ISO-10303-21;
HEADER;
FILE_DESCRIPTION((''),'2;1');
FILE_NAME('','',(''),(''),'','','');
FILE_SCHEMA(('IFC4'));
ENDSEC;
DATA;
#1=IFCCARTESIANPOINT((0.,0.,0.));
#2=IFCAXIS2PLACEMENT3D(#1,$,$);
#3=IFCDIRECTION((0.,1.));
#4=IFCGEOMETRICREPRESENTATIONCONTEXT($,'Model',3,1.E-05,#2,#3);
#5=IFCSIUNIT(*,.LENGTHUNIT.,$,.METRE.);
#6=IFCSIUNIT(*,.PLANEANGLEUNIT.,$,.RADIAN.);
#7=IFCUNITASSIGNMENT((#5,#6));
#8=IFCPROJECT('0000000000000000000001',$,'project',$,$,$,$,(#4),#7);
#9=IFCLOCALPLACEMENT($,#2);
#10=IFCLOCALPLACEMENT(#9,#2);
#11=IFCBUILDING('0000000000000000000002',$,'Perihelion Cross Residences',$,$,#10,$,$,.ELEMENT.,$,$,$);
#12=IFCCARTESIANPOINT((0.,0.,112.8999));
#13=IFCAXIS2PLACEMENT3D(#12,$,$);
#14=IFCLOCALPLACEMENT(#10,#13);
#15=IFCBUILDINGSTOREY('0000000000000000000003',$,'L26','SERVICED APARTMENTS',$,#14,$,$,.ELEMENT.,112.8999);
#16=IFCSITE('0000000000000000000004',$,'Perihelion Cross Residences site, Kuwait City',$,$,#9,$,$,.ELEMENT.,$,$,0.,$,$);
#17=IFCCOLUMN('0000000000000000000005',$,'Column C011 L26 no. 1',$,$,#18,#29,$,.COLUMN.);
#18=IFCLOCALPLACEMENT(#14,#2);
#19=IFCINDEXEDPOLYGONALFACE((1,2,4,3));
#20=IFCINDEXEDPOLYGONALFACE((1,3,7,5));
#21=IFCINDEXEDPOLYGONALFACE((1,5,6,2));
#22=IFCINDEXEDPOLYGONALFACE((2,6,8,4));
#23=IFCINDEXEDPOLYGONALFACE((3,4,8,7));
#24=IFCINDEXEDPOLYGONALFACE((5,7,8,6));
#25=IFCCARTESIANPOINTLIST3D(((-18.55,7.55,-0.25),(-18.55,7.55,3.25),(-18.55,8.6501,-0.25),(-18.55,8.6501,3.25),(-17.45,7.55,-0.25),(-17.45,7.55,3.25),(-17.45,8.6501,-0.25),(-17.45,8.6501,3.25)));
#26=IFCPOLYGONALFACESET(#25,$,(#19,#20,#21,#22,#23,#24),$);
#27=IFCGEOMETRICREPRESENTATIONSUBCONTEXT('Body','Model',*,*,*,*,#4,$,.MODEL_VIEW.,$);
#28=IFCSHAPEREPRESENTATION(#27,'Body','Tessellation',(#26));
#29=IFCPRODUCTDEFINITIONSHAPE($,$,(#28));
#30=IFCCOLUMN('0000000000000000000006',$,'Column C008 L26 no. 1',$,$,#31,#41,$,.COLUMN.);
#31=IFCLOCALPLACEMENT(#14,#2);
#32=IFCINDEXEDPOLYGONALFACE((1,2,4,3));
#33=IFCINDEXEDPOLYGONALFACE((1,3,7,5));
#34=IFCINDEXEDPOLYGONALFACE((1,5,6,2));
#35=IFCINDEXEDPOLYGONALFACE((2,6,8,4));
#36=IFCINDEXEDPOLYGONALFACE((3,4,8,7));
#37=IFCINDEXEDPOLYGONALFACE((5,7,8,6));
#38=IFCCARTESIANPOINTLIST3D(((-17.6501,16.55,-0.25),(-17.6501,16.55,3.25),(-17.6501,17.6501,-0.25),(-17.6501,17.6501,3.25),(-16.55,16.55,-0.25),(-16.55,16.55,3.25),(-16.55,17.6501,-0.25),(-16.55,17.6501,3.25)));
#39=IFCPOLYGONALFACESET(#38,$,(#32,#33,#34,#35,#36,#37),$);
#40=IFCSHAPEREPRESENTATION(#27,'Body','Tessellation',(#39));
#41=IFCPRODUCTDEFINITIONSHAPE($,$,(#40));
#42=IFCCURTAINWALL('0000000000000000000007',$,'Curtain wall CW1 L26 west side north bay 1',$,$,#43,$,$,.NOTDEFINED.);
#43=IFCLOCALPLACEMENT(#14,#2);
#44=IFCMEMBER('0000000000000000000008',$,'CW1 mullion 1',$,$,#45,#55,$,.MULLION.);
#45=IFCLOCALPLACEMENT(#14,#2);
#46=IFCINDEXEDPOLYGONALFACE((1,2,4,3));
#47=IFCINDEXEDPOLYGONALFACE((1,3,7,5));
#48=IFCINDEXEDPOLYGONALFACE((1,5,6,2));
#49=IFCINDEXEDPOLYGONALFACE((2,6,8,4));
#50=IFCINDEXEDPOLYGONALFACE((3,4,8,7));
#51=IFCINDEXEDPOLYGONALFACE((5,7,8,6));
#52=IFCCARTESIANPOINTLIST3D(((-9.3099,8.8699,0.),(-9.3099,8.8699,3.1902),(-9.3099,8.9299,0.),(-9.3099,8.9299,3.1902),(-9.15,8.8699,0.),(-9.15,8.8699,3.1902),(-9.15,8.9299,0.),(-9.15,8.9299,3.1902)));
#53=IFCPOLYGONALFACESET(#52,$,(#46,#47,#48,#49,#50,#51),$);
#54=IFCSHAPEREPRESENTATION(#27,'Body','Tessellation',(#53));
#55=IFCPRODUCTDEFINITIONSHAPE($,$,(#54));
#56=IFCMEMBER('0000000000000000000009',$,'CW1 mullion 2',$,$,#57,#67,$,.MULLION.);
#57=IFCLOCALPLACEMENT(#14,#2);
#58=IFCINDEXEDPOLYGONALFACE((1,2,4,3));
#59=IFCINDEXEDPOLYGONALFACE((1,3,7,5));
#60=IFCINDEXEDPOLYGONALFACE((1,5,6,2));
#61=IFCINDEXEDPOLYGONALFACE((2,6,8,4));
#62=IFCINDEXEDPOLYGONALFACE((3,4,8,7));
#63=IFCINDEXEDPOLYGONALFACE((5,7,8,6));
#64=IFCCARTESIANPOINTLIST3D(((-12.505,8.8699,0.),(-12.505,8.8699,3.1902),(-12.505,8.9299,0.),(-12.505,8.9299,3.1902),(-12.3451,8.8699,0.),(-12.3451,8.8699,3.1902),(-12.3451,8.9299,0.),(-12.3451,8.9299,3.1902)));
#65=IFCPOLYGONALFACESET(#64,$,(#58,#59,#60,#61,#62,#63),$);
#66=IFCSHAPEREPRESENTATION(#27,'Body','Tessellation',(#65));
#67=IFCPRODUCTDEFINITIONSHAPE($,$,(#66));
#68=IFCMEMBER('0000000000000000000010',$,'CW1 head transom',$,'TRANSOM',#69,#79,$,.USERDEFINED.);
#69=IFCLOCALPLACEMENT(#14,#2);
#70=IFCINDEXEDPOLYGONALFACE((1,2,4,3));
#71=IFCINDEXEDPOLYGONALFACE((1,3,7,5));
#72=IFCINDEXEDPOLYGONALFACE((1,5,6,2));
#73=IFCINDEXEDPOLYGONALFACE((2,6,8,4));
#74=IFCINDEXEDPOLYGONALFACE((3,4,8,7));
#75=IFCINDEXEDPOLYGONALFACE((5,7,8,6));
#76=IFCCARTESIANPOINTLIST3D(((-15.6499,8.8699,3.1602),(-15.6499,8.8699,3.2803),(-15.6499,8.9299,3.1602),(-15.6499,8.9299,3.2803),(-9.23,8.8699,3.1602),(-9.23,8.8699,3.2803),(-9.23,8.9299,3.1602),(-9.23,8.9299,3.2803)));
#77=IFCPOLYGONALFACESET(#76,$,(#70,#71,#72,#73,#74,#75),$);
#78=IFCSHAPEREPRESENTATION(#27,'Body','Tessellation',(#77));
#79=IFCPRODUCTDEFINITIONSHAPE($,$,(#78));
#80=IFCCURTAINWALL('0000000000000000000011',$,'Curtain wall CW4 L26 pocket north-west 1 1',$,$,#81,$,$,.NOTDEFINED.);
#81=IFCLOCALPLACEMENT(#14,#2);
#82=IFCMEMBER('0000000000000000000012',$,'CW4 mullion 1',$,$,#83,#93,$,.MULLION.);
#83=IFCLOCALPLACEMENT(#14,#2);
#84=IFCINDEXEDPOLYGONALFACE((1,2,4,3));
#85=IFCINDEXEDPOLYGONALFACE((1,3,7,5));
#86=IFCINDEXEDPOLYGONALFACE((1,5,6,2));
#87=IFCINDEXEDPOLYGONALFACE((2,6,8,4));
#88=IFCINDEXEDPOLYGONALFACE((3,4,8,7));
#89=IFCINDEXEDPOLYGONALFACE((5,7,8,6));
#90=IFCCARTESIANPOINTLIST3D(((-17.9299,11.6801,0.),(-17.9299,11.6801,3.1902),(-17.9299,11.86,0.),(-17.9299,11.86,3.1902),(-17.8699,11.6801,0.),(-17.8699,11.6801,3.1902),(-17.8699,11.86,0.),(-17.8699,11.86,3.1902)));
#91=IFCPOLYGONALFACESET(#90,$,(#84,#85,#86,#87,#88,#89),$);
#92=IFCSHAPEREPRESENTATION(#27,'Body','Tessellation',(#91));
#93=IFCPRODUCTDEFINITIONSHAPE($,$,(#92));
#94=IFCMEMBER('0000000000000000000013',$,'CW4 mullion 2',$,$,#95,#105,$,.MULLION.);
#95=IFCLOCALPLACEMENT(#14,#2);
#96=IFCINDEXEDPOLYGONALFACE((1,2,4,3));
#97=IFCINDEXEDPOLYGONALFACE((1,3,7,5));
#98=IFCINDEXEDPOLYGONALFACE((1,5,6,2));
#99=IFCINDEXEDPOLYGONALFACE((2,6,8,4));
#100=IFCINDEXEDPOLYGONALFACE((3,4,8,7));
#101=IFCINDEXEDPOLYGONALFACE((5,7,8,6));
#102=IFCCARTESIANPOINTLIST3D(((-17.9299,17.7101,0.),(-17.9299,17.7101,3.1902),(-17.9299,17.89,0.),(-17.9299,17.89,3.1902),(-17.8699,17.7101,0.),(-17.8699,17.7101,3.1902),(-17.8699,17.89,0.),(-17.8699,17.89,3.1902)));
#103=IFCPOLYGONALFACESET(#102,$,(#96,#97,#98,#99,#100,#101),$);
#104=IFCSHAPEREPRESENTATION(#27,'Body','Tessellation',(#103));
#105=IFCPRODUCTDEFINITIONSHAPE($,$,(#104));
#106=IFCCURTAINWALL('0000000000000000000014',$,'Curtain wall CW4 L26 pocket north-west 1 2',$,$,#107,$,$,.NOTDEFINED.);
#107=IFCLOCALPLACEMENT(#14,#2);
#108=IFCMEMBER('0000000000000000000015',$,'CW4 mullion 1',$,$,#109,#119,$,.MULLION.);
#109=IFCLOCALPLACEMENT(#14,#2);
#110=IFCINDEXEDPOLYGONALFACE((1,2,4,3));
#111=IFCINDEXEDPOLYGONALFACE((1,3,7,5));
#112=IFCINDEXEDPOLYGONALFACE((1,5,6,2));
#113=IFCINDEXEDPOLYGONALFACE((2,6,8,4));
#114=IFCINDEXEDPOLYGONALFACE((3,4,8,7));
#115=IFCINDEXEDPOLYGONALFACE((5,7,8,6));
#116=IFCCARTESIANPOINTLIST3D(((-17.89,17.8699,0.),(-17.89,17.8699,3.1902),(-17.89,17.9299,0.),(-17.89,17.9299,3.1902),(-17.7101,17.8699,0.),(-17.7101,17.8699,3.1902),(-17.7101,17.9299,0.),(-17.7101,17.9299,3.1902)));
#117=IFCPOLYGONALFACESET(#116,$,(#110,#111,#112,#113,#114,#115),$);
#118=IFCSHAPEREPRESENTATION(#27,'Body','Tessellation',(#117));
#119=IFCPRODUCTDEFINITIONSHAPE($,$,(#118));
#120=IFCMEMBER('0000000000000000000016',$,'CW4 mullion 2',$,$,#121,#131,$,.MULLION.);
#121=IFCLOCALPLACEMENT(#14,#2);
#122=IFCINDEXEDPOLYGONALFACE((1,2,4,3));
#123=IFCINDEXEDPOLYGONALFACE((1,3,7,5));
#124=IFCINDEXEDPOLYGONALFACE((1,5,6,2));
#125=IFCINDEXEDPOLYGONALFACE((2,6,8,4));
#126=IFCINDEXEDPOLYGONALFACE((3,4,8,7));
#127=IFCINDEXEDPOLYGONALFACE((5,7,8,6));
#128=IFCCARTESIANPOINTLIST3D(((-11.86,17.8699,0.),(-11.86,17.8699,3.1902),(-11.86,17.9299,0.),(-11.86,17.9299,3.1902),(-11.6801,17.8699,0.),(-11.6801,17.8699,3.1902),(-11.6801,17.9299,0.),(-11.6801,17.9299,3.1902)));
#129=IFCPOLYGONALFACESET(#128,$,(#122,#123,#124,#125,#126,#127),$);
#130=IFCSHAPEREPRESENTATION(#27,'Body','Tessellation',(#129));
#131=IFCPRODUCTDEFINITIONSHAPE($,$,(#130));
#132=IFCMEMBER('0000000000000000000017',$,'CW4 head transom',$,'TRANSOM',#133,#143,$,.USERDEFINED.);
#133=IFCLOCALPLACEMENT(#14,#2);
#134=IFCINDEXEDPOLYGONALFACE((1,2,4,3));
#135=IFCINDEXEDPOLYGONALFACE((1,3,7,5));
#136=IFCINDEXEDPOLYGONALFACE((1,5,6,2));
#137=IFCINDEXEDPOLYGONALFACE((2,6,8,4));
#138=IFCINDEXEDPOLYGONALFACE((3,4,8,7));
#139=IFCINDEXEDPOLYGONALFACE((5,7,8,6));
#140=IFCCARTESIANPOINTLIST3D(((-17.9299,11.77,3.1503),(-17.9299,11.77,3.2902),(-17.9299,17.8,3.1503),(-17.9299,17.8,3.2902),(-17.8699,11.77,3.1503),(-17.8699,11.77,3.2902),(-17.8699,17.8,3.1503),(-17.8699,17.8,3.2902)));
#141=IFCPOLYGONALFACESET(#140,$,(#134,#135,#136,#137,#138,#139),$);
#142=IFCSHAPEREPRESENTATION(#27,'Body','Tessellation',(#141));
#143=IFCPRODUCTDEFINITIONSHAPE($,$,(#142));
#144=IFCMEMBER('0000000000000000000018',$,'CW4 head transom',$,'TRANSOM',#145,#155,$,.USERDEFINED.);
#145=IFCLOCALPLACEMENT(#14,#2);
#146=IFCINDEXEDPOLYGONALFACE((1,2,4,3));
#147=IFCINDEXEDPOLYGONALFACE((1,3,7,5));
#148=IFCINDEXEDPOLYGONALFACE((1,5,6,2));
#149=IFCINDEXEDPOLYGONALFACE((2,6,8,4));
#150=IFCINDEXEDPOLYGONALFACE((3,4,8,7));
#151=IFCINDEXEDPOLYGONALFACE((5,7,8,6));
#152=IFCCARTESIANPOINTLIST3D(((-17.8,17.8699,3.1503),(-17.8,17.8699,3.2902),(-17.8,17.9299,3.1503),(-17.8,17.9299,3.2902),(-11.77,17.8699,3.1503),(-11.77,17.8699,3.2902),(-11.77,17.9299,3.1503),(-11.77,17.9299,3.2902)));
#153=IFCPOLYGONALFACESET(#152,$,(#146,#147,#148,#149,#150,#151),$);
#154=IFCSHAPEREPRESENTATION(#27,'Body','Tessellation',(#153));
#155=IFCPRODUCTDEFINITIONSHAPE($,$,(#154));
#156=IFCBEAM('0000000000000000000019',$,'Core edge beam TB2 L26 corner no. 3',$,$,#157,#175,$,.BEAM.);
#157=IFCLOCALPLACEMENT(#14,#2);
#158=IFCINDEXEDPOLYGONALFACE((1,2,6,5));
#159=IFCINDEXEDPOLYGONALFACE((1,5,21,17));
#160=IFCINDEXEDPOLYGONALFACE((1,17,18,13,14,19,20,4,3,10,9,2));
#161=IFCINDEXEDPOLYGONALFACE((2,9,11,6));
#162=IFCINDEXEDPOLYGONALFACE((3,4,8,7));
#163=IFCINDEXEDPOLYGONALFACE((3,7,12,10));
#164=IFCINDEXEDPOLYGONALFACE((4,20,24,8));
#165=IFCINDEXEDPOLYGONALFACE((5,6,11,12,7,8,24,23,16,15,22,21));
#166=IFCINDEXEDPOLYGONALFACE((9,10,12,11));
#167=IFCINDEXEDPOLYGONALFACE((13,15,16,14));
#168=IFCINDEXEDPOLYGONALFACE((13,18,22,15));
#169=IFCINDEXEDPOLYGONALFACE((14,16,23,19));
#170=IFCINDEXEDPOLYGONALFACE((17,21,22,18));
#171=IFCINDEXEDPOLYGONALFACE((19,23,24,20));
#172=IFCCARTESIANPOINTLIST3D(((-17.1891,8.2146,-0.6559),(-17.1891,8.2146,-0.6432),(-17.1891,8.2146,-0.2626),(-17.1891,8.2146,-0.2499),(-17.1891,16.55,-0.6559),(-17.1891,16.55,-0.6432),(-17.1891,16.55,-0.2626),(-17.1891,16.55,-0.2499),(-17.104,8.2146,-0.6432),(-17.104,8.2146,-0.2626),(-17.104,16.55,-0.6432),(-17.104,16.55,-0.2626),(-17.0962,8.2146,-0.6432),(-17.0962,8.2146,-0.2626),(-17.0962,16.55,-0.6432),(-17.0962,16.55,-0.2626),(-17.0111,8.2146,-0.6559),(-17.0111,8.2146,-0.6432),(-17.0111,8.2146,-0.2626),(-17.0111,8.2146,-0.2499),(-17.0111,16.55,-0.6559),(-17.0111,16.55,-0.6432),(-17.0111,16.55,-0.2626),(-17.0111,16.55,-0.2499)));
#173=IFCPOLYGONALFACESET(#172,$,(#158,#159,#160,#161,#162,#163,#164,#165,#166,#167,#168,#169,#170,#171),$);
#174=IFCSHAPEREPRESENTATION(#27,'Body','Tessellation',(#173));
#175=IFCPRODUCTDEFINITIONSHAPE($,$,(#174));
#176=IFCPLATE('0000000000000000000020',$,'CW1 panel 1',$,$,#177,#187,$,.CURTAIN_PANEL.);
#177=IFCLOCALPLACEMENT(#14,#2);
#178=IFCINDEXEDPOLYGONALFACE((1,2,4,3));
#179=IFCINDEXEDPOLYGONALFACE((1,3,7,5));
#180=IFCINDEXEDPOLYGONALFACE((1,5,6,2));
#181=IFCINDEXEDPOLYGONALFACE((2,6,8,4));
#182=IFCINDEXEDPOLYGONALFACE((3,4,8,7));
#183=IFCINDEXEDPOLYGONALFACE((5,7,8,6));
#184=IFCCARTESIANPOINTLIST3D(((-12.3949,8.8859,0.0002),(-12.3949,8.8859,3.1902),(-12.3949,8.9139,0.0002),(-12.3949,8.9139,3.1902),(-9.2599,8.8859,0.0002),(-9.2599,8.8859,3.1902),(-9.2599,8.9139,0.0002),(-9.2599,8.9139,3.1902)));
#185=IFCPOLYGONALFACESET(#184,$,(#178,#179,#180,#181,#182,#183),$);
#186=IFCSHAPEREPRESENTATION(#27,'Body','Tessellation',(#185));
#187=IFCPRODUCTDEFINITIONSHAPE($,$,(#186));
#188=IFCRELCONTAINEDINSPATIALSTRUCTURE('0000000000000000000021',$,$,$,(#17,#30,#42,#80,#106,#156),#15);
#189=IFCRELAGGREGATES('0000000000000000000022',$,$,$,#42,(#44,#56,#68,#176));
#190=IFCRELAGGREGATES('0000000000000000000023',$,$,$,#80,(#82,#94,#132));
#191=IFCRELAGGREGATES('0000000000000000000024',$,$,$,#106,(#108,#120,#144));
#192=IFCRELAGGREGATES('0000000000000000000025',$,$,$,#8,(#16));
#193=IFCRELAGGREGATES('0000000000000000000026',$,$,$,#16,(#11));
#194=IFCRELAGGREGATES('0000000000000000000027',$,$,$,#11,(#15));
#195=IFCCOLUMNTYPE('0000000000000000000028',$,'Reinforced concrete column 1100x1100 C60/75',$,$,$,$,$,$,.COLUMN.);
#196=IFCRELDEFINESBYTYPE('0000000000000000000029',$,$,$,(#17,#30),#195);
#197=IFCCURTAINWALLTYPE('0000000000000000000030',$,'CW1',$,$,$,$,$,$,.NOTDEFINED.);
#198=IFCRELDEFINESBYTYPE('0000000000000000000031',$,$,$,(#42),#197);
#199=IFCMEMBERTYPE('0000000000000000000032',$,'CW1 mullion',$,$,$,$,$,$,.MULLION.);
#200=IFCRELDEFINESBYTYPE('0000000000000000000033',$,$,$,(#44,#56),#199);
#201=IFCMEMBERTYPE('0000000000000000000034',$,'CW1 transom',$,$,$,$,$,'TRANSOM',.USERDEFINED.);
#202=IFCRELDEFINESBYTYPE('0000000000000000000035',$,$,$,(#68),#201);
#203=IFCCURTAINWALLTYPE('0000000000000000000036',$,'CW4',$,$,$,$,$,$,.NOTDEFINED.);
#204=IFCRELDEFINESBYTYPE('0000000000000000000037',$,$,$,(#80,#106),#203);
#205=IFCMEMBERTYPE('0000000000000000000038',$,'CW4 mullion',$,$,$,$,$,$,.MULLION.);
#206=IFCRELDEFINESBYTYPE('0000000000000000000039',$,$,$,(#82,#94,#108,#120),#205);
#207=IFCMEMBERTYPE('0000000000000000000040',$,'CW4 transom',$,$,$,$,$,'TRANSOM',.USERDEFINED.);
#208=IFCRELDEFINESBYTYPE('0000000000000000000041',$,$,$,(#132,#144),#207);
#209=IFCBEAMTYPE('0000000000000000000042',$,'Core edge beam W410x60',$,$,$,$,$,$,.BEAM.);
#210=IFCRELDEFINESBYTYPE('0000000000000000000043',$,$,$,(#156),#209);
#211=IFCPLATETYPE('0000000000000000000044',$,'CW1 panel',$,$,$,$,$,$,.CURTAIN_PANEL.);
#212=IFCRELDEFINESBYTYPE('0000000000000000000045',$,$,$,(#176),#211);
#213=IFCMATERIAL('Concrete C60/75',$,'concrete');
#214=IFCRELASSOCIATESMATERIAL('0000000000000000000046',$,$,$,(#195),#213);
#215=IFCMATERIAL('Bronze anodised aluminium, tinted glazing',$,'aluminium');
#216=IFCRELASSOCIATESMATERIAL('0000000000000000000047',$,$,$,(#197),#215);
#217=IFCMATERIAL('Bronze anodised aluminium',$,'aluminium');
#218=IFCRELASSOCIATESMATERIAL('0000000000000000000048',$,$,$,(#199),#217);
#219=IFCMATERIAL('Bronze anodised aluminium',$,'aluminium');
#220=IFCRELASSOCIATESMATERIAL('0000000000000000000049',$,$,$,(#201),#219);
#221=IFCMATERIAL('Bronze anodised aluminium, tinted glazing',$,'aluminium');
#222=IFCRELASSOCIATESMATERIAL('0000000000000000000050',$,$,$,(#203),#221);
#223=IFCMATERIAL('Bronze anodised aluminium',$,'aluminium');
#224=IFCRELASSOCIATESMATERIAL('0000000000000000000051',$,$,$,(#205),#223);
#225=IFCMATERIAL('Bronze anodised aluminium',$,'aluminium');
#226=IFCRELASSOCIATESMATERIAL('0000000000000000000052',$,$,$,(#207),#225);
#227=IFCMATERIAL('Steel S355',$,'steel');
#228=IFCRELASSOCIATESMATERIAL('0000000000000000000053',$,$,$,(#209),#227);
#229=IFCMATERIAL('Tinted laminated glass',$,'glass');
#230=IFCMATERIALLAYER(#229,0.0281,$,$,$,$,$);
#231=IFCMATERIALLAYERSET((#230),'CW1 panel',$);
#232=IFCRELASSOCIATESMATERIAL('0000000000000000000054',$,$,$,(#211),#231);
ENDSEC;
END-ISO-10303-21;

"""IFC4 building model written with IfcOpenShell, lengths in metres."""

from ifc_helpers import new_model, si_unit, direction, frame, origin, origin_2d, place, context, subcontext, project, spatial, rectangle, i_section, extrude, material, layer, layer_set, material_profile, profile_set, type_object, element, aggregate, save


model = new_model("IFC4")

# Units and contexts
model_context = context("Model", 3, precision=1e-05, world=origin(), true_north=direction((0.0, 1.0)))
body_context = subcontext(model_context, "Body", "Model", "MODEL_VIEW")
ifc_project = project(units=[si_unit("LENGTHUNIT", "METRE"), si_unit("PLANEANGLEUNIT", "RADIAN")], contexts=[model_context])

# Site, building, storey
site_placement = place(None, origin())
site = spatial("IfcSite", under=ifc_project, at=site_placement, Name="Perihelion Cross Residences site, Kuwait City", CompositionType="ELEMENT", RefElevation=0.0)
building_placement = place(site_placement, origin())
building = spatial("IfcBuilding", under=site, at=building_placement, Name="Perihelion Cross Residences", CompositionType="ELEMENT")
storey_placement = place(building_placement, frame((0.0, 0.0, 112.8999)))
storey = spatial("IfcBuildingStorey", under=building, at=storey_placement, Name="L26", Description="SERVICED APARTMENTS", CompositionType="ELEMENT", Elevation=112.8999)

# Columns
ifc_material_1 = material(Name="Concrete C60/75", Category="concrete")
ifc_material_profile_1 = material_profile(ifc_material_1, rectangle(XDim=1.1001, YDim=1.1001, at=origin_2d()), Name="RC 1100x1100")
ifc_profile_set_1 = profile_set([ifc_material_profile_1], Name="Concrete C60/75")
column_type = type_object("IfcColumnType", Name="Reinforced concrete column 1100x1100 C60/75", PredefinedType="COLUMN", material=ifc_profile_set_1)
for number, where, z_axis, x_axis, name in (
    (1, (-18.0, 8.1001, -0.25), (0.0, 0.0, 1.0), (1.0, 0.0, 0.0), "Column C011 L26 no. 1"),
    (2, (-17.1001, 17.1001, -0.25), (0.0, 0.0, 1.0), (1.0, 0.0, 0.0), "Column C008 L26 no. 1"),
):
    element("IfcColumn", number, at=place(storey_placement, frame(where, z_axis=z_axis, x_axis=x_axis)), inside=storey, type_object=column_type, Name=name, PredefinedType="COLUMN", context=body_context, shape_type="SweptSolid", body=[
        extrude(rectangle(XDim=1.1001, YDim=1.1001, at=origin_2d()), origin(), (0.0, 0.0, 1.0), 3.5),
    ])

# Curtain walls, members
ifc_material_2 = material(Name="Bronze anodised aluminium, tinted glazing", Category="aluminium")
curtain_wall_type_1 = type_object("IfcCurtainWallType", Name="CW1", PredefinedType="NOTDEFINED", material=ifc_material_2)
curtain_wall_1_placement = place(storey_placement, origin())
curtain_wall_1 = element("IfcCurtainWall", 3, at=curtain_wall_1_placement, inside=storey, type_object=curtain_wall_type_1, Name="Curtain wall CW1 L26 west side north bay 1", PredefinedType="NOTDEFINED")
ifc_material_3 = material(Name="Bronze anodised aluminium", Category="aluminium")
ifc_material_profile_2 = material_profile(ifc_material_3, rectangle(XDim=0.0601, YDim=0.1599, at=origin_2d()), Name="CW1 mullion")
ifc_profile_set_2 = profile_set([ifc_material_profile_2], Name="Bronze anodised aluminium")
member_type_1 = type_object("IfcMemberType", Name="CW1 mullion", PredefinedType="MULLION", material=ifc_profile_set_2)
member_1_placement = place(storey_placement, frame((-9.23, 8.8999, 0.0), z_axis=(0.0, 0.0, 1.0), x_axis=(0.0, -1.0, 0.0)))
member_1 = element("IfcMember", 4, at=member_1_placement, type_object=member_type_1, Name="CW1 mullion 1", PredefinedType="MULLION", context=body_context, shape_type="SweptSolid", body=[
    extrude(rectangle(XDim=0.0601, YDim=0.1599, at=origin_2d()), origin(), (0.0, 0.0, 1.0), 3.1902),
])
member_2_placement = place(storey_placement, frame((-12.425, 8.8999, 0.0), z_axis=(0.0, 0.0, 1.0), x_axis=(0.0, -1.0, 0.0)))
member_2 = element("IfcMember", 5, at=member_2_placement, type_object=member_type_1, Name="CW1 mullion 2", PredefinedType="MULLION", context=body_context, shape_type="SweptSolid", body=[
    extrude(rectangle(XDim=0.0601, YDim=0.1599, at=origin_2d()), origin(), (0.0, 0.0, 1.0), 3.1902),
])
ifc_material_4 = material(Name="Bronze anodised aluminium", Category="aluminium")
ifc_material_profile_3 = material_profile(ifc_material_4, rectangle(XDim=0.0601, YDim=0.1201, at=origin_2d()), Name="CW1 transom")
ifc_profile_set_3 = profile_set([ifc_material_profile_3], Name="Bronze anodised aluminium")
member_type_2 = type_object("IfcMemberType", Name="CW1 transom", ElementType="TRANSOM", PredefinedType="USERDEFINED", material=ifc_profile_set_3)
member_3_placement = place(storey_placement, frame((-9.23, 8.8999, 3.2202), z_axis=(-1.0, 0.0, 0.0), x_axis=(0.0, -1.0, 0.0)))
member_3 = element("IfcMember", 6, at=member_3_placement, type_object=member_type_2, Name="CW1 head transom", ObjectType="TRANSOM", PredefinedType="USERDEFINED", context=body_context, shape_type="SweptSolid", body=[
    extrude(rectangle(XDim=0.0601, YDim=0.1201, at=origin_2d()), origin(), (0.0, 0.0, 1.0), 6.4199),
])
ifc_material_5 = material(Name="Bronze anodised aluminium, tinted glazing", Category="aluminium")
curtain_wall_type_2 = type_object("IfcCurtainWallType", Name="CW4", PredefinedType="NOTDEFINED", material=ifc_material_5)
curtain_wall_2_placement = place(storey_placement, origin())
curtain_wall_2 = element("IfcCurtainWall", 7, at=curtain_wall_2_placement, inside=storey, type_object=curtain_wall_type_2, Name="Curtain wall CW4 L26 pocket north-west 1 1", PredefinedType="NOTDEFINED")
ifc_material_6 = material(Name="Bronze anodised aluminium", Category="aluminium")
ifc_material_profile_4 = material_profile(ifc_material_6, rectangle(XDim=0.0601, YDim=0.1799, at=origin_2d()), Name="CW4 mullion")
ifc_profile_set_4 = profile_set([ifc_material_profile_4], Name="Bronze anodised aluminium")
member_type_3 = type_object("IfcMemberType", Name="CW4 mullion", PredefinedType="MULLION", material=ifc_profile_set_4)
member_4_placement = place(storey_placement, frame((-17.8999, 11.77, 0.0), z_axis=(0.0, 0.0, 1.0), x_axis=(-1.0, 0.0, 0.0)))
member_4 = element("IfcMember", 8, at=member_4_placement, type_object=member_type_3, Name="CW4 mullion 1", PredefinedType="MULLION", context=body_context, shape_type="SweptSolid", body=[
    extrude(rectangle(XDim=0.0601, YDim=0.1799, at=origin_2d()), origin(), (0.0, 0.0, 1.0), 3.1902),
])
member_5_placement = place(storey_placement, frame((-17.8999, 17.8, 0.0), z_axis=(0.0, 0.0, 1.0), x_axis=(-1.0, 0.0, 0.0)))
member_5 = element("IfcMember", 9, at=member_5_placement, type_object=member_type_3, Name="CW4 mullion 2", PredefinedType="MULLION", context=body_context, shape_type="SweptSolid", body=[
    extrude(rectangle(XDim=0.0601, YDim=0.1799, at=origin_2d()), origin(), (0.0, 0.0, 1.0), 3.1902),
])
curtain_wall_3_placement = place(storey_placement, origin())
curtain_wall_3 = element("IfcCurtainWall", 10, at=curtain_wall_3_placement, inside=storey, type_object=curtain_wall_type_2, Name="Curtain wall CW4 L26 pocket north-west 1 2", PredefinedType="NOTDEFINED")
member_6_placement = place(storey_placement, frame((-17.8, 17.8999, 0.0), z_axis=(0.0, 0.0, 1.0), x_axis=(0.0, 1.0, 0.0)))
member_6 = element("IfcMember", 11, at=member_6_placement, type_object=member_type_3, Name="CW4 mullion 1", PredefinedType="MULLION", context=body_context, shape_type="SweptSolid", body=[
    extrude(rectangle(XDim=0.0601, YDim=0.1799, at=origin_2d()), origin(), (0.0, 0.0, 1.0), 3.1902),
])
member_7_placement = place(storey_placement, frame((-11.77, 17.8999, 0.0), z_axis=(0.0, 0.0, 1.0), x_axis=(0.0, 1.0, 0.0)))
member_7 = element("IfcMember", 12, at=member_7_placement, type_object=member_type_3, Name="CW4 mullion 2", PredefinedType="MULLION", context=body_context, shape_type="SweptSolid", body=[
    extrude(rectangle(XDim=0.0601, YDim=0.1799, at=origin_2d()), origin(), (0.0, 0.0, 1.0), 3.1902),
])

# Members
ifc_material_7 = material(Name="Bronze anodised aluminium", Category="aluminium")
ifc_material_profile_5 = material_profile(ifc_material_7, rectangle(XDim=0.0601, YDim=0.1399, at=origin_2d()), Name="CW4 transom")
ifc_profile_set_5 = profile_set([ifc_material_profile_5], Name="Bronze anodised aluminium")
member_type_4 = type_object("IfcMemberType", Name="CW4 transom", ElementType="TRANSOM", PredefinedType="USERDEFINED", material=ifc_profile_set_5)
member_8_placement = place(storey_placement, frame((-17.8999, 11.77, 3.2202), z_axis=(0.0, 1.0, 0.0), x_axis=(-1.0, 0.0, 0.0)))
member_8 = element("IfcMember", 13, at=member_8_placement, type_object=member_type_4, Name="CW4 head transom", ObjectType="TRANSOM", PredefinedType="USERDEFINED", context=body_context, shape_type="SweptSolid", body=[
    extrude(rectangle(XDim=0.0601, YDim=0.1399, at=origin_2d()), origin(), (0.0, 0.0, 1.0), 6.03),
])
member_9_placement = place(storey_placement, frame((-17.8, 17.8999, 3.2202), z_axis=(1.0, 0.0, 0.0), x_axis=(0.0, 1.0, 0.0)))
member_9 = element("IfcMember", 14, at=member_9_placement, type_object=member_type_4, Name="CW4 head transom", ObjectType="TRANSOM", PredefinedType="USERDEFINED", context=body_context, shape_type="SweptSolid", body=[
    extrude(rectangle(XDim=0.0601, YDim=0.1399, at=origin_2d()), origin(), (0.0, 0.0, 1.0), 6.03),
])

# Beam
ifc_material_8 = material(Name="Steel S355", Category="steel")
ifc_material_profile_6 = material_profile(ifc_material_8, i_section(OverallWidth=0.178, OverallDepth=0.406, WebThickness=0.0078, FlangeThickness=0.0127, at=origin_2d()), Name="W410x60")
ifc_profile_set_6 = profile_set([ifc_material_profile_6], Name="Steel S355")
beam_type = type_object("IfcBeamType", Name="Core edge beam W410x60", PredefinedType="BEAM", material=ifc_profile_set_6)
beam_placement = place(storey_placement, frame((-17.1001, 8.2146, -0.4529), z_axis=(0.0, 1.0, 0.0), x_axis=(-1.0, 0.0, 0.0)))
element("IfcBeam", 15, at=beam_placement, inside=storey, type_object=beam_type, Name="Core edge beam TB2 L26 corner no. 3", PredefinedType="BEAM", context=body_context, shape_type="SweptSolid", body=[
    extrude(i_section(OverallWidth=0.178, OverallDepth=0.406, WebThickness=0.0078, FlangeThickness=0.0127, at=origin_2d()), origin(), (0.0, 0.0, 1.0), 8.3354),
])

# Plate
ifc_material_9 = material(Name="Tinted laminated glass", Category="glass")
ifc_layer_1 = layer(ifc_material_9, 0.0281)
ifc_layer_set_1 = layer_set([ifc_layer_1], Name="CW1 panel")
plate_type_1 = type_object("IfcPlateType", Name="CW1 panel", PredefinedType="CURTAIN_PANEL", material=ifc_layer_set_1)
plate_1_placement = place(storey_placement, frame((-10.8274, 8.8999, 0.0002), z_axis=(0.0, 0.0, 1.0), x_axis=(-1.0, 0.0, 0.0)))
plate_1 = element("IfcPlate", 16, at=plate_1_placement, type_object=plate_type_1, Name="CW1 panel 1", PredefinedType="CURTAIN_PANEL", context=body_context, shape_type="SweptSolid", body=[
    extrude(rectangle(XDim=3.135, YDim=0.0281, at=origin_2d()), origin(), (0.0, 0.0, 1.0), 3.1899),
])
aggregate(curtain_wall_1, [member_1, member_2, member_3, plate_1])
aggregate(curtain_wall_2, [member_4, member_5, member_8])
aggregate(curtain_wall_3, [member_6, member_7, member_9])

save(model, "model.ifc")
